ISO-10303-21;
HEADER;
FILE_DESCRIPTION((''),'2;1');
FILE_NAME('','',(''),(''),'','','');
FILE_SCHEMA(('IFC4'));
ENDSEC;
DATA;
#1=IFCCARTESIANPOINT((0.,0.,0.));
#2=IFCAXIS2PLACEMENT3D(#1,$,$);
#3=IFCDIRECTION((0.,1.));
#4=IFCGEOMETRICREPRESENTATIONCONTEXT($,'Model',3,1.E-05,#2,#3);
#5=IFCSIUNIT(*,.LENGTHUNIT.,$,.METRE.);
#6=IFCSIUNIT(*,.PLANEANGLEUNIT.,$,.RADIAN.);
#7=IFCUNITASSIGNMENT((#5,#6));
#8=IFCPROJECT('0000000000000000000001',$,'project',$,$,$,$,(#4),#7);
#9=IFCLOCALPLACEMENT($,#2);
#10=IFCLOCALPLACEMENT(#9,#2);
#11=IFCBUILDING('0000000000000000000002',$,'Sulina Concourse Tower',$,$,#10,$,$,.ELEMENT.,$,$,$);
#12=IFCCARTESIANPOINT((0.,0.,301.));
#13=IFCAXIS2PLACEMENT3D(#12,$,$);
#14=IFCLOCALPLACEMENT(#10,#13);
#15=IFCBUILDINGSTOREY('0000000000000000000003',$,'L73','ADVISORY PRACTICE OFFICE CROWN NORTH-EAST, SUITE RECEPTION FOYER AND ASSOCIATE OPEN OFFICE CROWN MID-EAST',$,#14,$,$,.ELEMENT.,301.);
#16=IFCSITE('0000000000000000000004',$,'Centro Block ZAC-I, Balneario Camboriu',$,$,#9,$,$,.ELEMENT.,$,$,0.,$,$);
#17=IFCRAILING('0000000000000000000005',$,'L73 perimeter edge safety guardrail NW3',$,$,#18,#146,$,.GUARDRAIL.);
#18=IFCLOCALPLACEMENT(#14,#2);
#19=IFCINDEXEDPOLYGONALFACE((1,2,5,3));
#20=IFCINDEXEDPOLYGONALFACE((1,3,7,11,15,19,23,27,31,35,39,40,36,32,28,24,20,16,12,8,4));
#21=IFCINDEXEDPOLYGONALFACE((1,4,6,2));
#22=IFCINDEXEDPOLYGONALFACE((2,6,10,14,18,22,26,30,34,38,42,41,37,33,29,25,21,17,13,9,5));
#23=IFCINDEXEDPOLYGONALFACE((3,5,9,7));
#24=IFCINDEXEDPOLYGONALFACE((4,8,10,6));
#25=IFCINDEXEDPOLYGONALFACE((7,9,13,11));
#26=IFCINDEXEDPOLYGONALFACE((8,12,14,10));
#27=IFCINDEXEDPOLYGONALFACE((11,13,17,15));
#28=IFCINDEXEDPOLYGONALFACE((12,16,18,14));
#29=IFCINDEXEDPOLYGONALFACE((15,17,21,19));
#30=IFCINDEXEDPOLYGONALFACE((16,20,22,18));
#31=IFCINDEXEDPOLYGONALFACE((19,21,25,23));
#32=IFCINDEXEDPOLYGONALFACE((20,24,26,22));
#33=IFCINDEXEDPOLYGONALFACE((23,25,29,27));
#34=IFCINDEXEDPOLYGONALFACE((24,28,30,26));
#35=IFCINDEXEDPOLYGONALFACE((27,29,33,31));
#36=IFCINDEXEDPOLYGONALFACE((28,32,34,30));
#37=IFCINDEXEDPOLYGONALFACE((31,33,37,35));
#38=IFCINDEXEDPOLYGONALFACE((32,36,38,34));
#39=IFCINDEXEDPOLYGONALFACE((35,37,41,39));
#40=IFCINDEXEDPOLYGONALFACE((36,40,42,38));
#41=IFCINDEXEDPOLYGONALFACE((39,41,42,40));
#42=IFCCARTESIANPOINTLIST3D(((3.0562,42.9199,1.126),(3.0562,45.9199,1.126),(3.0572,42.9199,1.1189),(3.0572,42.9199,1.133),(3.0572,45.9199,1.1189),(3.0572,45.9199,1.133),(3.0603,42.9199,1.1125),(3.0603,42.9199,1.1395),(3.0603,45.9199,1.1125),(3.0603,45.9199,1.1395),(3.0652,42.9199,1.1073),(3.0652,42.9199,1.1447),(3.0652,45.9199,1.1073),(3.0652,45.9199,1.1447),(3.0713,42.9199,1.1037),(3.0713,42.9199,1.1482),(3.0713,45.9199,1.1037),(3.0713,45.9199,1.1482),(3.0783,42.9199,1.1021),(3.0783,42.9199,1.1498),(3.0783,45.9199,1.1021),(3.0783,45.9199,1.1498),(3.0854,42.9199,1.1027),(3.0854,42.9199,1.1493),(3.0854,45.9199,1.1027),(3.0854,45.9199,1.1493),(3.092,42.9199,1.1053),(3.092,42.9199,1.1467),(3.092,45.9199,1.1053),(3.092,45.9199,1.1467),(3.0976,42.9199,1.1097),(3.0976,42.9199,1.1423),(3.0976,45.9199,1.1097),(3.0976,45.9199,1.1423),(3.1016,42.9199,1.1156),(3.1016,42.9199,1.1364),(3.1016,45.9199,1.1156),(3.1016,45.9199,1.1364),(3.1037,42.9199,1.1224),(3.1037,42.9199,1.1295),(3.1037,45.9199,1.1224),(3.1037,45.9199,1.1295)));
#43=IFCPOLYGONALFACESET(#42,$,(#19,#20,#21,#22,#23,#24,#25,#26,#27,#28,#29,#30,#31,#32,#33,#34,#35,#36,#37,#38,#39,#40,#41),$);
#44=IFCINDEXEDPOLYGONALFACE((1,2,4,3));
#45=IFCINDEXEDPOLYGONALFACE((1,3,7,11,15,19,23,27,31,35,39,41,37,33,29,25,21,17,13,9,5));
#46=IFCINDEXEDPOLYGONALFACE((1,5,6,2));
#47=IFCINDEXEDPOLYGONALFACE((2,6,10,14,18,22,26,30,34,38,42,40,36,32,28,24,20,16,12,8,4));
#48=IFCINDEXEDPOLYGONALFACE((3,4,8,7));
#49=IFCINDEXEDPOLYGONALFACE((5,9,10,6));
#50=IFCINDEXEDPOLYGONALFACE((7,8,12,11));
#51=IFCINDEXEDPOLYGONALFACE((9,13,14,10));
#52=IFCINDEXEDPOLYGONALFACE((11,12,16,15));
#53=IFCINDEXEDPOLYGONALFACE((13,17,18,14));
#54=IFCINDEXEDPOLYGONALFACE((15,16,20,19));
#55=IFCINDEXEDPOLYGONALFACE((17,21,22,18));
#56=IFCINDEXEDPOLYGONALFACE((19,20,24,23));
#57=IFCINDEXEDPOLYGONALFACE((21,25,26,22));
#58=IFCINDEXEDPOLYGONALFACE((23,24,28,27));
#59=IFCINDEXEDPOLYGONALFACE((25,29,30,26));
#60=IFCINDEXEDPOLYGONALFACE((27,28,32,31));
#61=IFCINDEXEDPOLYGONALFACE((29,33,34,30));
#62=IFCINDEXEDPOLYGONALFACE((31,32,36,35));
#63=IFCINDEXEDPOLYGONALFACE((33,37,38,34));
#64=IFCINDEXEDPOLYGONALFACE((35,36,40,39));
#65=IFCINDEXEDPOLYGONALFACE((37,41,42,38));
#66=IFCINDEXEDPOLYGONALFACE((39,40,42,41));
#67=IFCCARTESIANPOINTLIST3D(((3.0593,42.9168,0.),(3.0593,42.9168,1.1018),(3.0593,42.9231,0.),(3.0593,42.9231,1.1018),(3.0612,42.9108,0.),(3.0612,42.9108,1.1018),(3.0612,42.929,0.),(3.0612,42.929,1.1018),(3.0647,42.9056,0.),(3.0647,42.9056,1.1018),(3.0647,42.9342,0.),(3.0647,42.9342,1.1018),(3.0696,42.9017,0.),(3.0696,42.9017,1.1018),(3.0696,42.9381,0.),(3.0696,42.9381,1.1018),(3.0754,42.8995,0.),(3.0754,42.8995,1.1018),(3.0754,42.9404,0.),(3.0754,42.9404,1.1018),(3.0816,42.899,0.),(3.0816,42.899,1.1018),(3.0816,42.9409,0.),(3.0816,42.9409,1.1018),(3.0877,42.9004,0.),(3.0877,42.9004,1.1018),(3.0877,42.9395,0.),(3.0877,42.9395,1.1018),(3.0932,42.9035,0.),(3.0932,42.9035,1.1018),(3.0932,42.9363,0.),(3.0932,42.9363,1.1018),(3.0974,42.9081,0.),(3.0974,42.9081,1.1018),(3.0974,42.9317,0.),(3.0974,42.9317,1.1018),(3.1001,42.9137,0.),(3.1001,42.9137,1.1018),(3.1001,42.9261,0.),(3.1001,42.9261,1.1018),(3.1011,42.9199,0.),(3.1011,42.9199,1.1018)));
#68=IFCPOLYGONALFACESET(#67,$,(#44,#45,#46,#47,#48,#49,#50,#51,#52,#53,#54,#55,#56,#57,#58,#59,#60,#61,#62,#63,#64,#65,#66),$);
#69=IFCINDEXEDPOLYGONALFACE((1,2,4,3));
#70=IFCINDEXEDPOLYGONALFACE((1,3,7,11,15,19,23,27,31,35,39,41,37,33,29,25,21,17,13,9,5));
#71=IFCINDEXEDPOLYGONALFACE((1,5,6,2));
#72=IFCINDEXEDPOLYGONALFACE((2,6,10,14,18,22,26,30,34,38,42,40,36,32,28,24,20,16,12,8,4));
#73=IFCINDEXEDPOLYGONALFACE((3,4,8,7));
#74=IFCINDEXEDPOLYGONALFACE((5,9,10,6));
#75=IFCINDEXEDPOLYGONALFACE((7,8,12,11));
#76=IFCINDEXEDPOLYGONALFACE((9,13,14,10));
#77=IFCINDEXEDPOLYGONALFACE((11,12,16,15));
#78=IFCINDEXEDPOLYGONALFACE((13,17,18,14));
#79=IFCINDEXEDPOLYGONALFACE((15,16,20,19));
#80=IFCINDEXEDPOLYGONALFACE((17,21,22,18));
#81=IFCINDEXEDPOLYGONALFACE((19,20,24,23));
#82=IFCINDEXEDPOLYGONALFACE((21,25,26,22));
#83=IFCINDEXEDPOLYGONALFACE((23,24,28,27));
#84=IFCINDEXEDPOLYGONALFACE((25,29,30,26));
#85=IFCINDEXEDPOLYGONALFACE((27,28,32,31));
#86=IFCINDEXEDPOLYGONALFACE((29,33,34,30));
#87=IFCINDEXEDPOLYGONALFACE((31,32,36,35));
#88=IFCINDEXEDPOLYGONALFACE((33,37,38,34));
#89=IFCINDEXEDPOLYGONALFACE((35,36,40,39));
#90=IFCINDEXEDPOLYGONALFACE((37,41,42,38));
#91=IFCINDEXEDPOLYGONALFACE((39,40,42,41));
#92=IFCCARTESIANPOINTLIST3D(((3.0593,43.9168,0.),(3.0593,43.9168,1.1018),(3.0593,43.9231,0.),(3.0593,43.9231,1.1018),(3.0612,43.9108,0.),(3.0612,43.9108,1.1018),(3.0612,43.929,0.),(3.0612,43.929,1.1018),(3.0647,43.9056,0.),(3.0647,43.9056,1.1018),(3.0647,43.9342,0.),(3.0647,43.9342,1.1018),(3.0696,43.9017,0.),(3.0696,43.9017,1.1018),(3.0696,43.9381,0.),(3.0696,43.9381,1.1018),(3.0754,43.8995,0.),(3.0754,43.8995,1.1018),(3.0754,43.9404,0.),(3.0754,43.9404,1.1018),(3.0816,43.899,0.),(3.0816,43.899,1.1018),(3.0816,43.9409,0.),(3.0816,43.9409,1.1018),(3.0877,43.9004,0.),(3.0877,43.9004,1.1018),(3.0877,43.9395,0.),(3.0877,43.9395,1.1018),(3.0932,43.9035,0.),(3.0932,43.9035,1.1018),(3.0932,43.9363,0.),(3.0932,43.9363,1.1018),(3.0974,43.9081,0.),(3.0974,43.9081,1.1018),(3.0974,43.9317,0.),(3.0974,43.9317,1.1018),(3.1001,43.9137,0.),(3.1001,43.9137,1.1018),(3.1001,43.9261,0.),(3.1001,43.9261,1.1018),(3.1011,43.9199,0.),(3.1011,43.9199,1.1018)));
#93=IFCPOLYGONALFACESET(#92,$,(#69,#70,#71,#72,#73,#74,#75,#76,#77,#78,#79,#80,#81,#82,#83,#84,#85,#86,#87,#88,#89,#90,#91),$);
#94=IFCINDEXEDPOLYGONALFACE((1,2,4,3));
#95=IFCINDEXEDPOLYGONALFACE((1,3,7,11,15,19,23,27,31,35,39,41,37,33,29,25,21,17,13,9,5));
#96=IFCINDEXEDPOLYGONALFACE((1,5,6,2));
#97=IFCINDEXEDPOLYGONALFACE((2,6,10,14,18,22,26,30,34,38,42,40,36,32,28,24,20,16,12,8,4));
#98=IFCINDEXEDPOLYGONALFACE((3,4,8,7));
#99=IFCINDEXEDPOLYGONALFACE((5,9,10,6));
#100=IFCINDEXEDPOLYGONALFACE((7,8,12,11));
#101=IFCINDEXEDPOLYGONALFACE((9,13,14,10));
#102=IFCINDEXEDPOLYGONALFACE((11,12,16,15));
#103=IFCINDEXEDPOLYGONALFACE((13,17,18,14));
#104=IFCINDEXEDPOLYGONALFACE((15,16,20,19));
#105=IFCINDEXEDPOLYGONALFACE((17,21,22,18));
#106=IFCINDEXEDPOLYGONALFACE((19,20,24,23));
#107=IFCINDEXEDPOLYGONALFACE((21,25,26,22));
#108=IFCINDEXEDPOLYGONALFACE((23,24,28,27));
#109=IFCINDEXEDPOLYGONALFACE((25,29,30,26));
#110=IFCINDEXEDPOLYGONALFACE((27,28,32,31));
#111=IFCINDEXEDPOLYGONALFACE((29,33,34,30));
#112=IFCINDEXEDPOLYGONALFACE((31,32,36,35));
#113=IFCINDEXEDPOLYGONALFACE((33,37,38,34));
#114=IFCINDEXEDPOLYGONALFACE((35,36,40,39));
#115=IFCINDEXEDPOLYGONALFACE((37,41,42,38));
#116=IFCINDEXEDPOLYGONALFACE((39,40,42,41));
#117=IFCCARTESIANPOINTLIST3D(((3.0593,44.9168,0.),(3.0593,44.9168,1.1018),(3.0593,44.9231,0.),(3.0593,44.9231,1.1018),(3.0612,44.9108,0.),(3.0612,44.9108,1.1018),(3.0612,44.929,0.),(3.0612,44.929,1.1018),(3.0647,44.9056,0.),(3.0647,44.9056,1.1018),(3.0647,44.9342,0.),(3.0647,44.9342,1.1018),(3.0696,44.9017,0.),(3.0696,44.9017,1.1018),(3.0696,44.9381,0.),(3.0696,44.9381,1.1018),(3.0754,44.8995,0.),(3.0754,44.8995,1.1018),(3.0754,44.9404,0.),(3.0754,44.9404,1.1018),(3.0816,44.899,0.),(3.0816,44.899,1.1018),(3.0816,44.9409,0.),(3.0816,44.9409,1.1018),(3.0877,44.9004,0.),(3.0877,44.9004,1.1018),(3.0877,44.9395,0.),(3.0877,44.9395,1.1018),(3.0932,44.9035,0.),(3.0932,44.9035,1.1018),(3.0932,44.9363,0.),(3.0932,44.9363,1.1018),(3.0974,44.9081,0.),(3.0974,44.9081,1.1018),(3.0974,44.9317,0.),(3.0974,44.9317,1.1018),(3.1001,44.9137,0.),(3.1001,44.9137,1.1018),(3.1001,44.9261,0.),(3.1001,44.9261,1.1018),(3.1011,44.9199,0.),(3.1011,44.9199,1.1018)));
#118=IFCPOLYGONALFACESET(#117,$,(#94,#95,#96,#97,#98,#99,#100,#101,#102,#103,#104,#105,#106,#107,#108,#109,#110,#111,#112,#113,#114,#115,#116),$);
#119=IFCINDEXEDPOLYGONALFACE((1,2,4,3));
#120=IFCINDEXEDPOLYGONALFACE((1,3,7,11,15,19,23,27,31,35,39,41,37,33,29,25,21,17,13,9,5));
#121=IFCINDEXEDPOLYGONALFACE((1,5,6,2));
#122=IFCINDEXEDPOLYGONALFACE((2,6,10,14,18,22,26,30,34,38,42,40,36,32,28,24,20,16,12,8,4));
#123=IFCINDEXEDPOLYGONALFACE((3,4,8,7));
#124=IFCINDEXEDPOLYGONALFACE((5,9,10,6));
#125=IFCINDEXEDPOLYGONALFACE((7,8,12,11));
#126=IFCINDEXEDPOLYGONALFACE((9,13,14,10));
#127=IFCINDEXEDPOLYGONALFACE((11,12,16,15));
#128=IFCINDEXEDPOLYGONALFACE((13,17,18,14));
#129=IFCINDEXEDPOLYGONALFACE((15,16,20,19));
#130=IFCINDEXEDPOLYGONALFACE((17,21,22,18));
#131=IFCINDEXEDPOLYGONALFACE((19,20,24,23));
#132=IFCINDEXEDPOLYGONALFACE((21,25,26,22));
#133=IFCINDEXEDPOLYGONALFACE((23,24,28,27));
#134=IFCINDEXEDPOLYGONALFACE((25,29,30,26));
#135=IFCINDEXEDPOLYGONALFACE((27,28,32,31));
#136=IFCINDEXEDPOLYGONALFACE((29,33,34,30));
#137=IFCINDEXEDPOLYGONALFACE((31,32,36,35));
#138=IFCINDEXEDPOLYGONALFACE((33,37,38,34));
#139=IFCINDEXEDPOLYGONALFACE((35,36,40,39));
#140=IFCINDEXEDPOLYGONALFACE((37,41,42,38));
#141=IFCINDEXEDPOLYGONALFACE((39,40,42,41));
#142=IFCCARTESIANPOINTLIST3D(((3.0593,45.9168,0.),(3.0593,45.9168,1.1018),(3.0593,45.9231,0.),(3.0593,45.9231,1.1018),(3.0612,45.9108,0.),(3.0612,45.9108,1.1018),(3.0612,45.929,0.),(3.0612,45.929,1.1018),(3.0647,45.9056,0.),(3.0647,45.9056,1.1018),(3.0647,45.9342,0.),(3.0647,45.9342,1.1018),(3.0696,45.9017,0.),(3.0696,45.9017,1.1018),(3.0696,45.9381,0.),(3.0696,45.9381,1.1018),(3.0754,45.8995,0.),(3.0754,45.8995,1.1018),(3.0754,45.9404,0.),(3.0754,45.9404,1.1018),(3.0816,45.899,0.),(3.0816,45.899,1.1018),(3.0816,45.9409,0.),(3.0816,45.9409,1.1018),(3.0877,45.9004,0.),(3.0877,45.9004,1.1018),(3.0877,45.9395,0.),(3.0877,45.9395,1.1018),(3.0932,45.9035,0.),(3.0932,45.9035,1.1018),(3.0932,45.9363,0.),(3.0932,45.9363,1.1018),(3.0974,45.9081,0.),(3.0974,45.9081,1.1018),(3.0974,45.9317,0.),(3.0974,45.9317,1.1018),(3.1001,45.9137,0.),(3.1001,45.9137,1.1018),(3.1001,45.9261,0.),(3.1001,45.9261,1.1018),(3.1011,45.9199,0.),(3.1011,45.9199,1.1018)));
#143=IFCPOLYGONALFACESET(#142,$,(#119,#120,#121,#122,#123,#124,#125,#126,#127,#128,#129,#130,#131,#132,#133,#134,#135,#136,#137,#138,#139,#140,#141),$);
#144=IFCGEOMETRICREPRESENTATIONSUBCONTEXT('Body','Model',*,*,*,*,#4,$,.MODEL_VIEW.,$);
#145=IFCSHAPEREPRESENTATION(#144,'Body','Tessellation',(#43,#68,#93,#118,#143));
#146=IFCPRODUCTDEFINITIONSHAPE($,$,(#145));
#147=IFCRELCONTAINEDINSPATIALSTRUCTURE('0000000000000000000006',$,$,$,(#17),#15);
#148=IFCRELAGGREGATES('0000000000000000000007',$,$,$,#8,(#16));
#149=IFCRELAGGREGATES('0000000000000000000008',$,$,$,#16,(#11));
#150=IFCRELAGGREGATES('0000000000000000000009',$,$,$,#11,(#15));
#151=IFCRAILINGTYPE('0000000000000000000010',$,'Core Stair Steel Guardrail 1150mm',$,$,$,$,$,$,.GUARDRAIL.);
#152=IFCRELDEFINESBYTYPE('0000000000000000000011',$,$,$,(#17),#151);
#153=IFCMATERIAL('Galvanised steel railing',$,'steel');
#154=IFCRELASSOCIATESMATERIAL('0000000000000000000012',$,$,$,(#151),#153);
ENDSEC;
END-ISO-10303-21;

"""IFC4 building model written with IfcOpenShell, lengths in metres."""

from ifc_helpers import new_model, si_unit, direction, frame, origin, origin_2d, place, context, subcontext, project, spatial, circle, extrude, material, type_object, element, save


model = new_model("IFC4")

# Units and contexts
model_context = context("Model", 3, precision=1e-05, world=origin(), true_north=direction((0.0, 1.0)))
body_context = subcontext(model_context, "Body", "Model", "MODEL_VIEW")
ifc_project = project(units=[si_unit("LENGTHUNIT", "METRE"), si_unit("PLANEANGLEUNIT", "RADIAN")], contexts=[model_context])

# Site, building, storey
site_placement = place(None, origin())
site = spatial("IfcSite", under=ifc_project, at=site_placement, Name="Centro Block ZAC-I, Balneario Camboriu", CompositionType="ELEMENT", RefElevation=0.0)
building_placement = place(site_placement, origin())
building = spatial("IfcBuilding", under=site, at=building_placement, Name="Sulina Concourse Tower", CompositionType="ELEMENT")
storey_placement = place(building_placement, frame((0.0, 0.0, 301.0)))
storey = spatial("IfcBuildingStorey", under=building, at=storey_placement, Name="L73", Description="ADVISORY PRACTICE OFFICE CROWN NORTH-EAST, SUITE RECEPTION FOYER AND ASSOCIATE OPEN OFFICE CROWN MID-EAST", CompositionType="ELEMENT", Elevation=301.0)

# Railing
ifc_material_1 = material(Name="Galvanised steel railing", Category="steel")
railing_type_1 = type_object("IfcRailingType", Name="Core Stair Steel Guardrail 1150mm", PredefinedType="GUARDRAIL", material=ifc_material_1)
railing_1_placement = place(storey_placement, frame((3.0801, 42.9199, 0.0)))
element("IfcRailing", 1, at=railing_1_placement, inside=storey, type_object=railing_type_1, Name="L73 perimeter edge safety guardrail NW3", PredefinedType="GUARDRAIL", context=body_context, shape_type="SweptSolid", body=[
    extrude(circle(Radius=0.0239, at=origin_2d()), frame((0.0, 0.0, 1.126), z_axis=(0.0, 1.0, 0.0), x_axis=(-1.0, 0.0, 0.0)), (0.0, 0.0, 1.0), 3.0),
    extrude(circle(Radius=0.021, at=origin_2d()), origin(), (0.0, 0.0, 1.0), 1.1018),
    extrude(circle(Radius=0.021, at=origin_2d()), frame((0.0, 1.0, 0.0)), (0.0, 0.0, 1.0), 1.1018),
    extrude(circle(Radius=0.021, at=origin_2d()), frame((0.0, 2.0, 0.0)), (0.0, 0.0, 1.0), 1.1018),
    extrude(circle(Radius=0.021, at=origin_2d()), frame((0.0, 3.0, 0.0)), (0.0, 0.0, 1.0), 1.1018),
])

save(model, "model.ifc")
